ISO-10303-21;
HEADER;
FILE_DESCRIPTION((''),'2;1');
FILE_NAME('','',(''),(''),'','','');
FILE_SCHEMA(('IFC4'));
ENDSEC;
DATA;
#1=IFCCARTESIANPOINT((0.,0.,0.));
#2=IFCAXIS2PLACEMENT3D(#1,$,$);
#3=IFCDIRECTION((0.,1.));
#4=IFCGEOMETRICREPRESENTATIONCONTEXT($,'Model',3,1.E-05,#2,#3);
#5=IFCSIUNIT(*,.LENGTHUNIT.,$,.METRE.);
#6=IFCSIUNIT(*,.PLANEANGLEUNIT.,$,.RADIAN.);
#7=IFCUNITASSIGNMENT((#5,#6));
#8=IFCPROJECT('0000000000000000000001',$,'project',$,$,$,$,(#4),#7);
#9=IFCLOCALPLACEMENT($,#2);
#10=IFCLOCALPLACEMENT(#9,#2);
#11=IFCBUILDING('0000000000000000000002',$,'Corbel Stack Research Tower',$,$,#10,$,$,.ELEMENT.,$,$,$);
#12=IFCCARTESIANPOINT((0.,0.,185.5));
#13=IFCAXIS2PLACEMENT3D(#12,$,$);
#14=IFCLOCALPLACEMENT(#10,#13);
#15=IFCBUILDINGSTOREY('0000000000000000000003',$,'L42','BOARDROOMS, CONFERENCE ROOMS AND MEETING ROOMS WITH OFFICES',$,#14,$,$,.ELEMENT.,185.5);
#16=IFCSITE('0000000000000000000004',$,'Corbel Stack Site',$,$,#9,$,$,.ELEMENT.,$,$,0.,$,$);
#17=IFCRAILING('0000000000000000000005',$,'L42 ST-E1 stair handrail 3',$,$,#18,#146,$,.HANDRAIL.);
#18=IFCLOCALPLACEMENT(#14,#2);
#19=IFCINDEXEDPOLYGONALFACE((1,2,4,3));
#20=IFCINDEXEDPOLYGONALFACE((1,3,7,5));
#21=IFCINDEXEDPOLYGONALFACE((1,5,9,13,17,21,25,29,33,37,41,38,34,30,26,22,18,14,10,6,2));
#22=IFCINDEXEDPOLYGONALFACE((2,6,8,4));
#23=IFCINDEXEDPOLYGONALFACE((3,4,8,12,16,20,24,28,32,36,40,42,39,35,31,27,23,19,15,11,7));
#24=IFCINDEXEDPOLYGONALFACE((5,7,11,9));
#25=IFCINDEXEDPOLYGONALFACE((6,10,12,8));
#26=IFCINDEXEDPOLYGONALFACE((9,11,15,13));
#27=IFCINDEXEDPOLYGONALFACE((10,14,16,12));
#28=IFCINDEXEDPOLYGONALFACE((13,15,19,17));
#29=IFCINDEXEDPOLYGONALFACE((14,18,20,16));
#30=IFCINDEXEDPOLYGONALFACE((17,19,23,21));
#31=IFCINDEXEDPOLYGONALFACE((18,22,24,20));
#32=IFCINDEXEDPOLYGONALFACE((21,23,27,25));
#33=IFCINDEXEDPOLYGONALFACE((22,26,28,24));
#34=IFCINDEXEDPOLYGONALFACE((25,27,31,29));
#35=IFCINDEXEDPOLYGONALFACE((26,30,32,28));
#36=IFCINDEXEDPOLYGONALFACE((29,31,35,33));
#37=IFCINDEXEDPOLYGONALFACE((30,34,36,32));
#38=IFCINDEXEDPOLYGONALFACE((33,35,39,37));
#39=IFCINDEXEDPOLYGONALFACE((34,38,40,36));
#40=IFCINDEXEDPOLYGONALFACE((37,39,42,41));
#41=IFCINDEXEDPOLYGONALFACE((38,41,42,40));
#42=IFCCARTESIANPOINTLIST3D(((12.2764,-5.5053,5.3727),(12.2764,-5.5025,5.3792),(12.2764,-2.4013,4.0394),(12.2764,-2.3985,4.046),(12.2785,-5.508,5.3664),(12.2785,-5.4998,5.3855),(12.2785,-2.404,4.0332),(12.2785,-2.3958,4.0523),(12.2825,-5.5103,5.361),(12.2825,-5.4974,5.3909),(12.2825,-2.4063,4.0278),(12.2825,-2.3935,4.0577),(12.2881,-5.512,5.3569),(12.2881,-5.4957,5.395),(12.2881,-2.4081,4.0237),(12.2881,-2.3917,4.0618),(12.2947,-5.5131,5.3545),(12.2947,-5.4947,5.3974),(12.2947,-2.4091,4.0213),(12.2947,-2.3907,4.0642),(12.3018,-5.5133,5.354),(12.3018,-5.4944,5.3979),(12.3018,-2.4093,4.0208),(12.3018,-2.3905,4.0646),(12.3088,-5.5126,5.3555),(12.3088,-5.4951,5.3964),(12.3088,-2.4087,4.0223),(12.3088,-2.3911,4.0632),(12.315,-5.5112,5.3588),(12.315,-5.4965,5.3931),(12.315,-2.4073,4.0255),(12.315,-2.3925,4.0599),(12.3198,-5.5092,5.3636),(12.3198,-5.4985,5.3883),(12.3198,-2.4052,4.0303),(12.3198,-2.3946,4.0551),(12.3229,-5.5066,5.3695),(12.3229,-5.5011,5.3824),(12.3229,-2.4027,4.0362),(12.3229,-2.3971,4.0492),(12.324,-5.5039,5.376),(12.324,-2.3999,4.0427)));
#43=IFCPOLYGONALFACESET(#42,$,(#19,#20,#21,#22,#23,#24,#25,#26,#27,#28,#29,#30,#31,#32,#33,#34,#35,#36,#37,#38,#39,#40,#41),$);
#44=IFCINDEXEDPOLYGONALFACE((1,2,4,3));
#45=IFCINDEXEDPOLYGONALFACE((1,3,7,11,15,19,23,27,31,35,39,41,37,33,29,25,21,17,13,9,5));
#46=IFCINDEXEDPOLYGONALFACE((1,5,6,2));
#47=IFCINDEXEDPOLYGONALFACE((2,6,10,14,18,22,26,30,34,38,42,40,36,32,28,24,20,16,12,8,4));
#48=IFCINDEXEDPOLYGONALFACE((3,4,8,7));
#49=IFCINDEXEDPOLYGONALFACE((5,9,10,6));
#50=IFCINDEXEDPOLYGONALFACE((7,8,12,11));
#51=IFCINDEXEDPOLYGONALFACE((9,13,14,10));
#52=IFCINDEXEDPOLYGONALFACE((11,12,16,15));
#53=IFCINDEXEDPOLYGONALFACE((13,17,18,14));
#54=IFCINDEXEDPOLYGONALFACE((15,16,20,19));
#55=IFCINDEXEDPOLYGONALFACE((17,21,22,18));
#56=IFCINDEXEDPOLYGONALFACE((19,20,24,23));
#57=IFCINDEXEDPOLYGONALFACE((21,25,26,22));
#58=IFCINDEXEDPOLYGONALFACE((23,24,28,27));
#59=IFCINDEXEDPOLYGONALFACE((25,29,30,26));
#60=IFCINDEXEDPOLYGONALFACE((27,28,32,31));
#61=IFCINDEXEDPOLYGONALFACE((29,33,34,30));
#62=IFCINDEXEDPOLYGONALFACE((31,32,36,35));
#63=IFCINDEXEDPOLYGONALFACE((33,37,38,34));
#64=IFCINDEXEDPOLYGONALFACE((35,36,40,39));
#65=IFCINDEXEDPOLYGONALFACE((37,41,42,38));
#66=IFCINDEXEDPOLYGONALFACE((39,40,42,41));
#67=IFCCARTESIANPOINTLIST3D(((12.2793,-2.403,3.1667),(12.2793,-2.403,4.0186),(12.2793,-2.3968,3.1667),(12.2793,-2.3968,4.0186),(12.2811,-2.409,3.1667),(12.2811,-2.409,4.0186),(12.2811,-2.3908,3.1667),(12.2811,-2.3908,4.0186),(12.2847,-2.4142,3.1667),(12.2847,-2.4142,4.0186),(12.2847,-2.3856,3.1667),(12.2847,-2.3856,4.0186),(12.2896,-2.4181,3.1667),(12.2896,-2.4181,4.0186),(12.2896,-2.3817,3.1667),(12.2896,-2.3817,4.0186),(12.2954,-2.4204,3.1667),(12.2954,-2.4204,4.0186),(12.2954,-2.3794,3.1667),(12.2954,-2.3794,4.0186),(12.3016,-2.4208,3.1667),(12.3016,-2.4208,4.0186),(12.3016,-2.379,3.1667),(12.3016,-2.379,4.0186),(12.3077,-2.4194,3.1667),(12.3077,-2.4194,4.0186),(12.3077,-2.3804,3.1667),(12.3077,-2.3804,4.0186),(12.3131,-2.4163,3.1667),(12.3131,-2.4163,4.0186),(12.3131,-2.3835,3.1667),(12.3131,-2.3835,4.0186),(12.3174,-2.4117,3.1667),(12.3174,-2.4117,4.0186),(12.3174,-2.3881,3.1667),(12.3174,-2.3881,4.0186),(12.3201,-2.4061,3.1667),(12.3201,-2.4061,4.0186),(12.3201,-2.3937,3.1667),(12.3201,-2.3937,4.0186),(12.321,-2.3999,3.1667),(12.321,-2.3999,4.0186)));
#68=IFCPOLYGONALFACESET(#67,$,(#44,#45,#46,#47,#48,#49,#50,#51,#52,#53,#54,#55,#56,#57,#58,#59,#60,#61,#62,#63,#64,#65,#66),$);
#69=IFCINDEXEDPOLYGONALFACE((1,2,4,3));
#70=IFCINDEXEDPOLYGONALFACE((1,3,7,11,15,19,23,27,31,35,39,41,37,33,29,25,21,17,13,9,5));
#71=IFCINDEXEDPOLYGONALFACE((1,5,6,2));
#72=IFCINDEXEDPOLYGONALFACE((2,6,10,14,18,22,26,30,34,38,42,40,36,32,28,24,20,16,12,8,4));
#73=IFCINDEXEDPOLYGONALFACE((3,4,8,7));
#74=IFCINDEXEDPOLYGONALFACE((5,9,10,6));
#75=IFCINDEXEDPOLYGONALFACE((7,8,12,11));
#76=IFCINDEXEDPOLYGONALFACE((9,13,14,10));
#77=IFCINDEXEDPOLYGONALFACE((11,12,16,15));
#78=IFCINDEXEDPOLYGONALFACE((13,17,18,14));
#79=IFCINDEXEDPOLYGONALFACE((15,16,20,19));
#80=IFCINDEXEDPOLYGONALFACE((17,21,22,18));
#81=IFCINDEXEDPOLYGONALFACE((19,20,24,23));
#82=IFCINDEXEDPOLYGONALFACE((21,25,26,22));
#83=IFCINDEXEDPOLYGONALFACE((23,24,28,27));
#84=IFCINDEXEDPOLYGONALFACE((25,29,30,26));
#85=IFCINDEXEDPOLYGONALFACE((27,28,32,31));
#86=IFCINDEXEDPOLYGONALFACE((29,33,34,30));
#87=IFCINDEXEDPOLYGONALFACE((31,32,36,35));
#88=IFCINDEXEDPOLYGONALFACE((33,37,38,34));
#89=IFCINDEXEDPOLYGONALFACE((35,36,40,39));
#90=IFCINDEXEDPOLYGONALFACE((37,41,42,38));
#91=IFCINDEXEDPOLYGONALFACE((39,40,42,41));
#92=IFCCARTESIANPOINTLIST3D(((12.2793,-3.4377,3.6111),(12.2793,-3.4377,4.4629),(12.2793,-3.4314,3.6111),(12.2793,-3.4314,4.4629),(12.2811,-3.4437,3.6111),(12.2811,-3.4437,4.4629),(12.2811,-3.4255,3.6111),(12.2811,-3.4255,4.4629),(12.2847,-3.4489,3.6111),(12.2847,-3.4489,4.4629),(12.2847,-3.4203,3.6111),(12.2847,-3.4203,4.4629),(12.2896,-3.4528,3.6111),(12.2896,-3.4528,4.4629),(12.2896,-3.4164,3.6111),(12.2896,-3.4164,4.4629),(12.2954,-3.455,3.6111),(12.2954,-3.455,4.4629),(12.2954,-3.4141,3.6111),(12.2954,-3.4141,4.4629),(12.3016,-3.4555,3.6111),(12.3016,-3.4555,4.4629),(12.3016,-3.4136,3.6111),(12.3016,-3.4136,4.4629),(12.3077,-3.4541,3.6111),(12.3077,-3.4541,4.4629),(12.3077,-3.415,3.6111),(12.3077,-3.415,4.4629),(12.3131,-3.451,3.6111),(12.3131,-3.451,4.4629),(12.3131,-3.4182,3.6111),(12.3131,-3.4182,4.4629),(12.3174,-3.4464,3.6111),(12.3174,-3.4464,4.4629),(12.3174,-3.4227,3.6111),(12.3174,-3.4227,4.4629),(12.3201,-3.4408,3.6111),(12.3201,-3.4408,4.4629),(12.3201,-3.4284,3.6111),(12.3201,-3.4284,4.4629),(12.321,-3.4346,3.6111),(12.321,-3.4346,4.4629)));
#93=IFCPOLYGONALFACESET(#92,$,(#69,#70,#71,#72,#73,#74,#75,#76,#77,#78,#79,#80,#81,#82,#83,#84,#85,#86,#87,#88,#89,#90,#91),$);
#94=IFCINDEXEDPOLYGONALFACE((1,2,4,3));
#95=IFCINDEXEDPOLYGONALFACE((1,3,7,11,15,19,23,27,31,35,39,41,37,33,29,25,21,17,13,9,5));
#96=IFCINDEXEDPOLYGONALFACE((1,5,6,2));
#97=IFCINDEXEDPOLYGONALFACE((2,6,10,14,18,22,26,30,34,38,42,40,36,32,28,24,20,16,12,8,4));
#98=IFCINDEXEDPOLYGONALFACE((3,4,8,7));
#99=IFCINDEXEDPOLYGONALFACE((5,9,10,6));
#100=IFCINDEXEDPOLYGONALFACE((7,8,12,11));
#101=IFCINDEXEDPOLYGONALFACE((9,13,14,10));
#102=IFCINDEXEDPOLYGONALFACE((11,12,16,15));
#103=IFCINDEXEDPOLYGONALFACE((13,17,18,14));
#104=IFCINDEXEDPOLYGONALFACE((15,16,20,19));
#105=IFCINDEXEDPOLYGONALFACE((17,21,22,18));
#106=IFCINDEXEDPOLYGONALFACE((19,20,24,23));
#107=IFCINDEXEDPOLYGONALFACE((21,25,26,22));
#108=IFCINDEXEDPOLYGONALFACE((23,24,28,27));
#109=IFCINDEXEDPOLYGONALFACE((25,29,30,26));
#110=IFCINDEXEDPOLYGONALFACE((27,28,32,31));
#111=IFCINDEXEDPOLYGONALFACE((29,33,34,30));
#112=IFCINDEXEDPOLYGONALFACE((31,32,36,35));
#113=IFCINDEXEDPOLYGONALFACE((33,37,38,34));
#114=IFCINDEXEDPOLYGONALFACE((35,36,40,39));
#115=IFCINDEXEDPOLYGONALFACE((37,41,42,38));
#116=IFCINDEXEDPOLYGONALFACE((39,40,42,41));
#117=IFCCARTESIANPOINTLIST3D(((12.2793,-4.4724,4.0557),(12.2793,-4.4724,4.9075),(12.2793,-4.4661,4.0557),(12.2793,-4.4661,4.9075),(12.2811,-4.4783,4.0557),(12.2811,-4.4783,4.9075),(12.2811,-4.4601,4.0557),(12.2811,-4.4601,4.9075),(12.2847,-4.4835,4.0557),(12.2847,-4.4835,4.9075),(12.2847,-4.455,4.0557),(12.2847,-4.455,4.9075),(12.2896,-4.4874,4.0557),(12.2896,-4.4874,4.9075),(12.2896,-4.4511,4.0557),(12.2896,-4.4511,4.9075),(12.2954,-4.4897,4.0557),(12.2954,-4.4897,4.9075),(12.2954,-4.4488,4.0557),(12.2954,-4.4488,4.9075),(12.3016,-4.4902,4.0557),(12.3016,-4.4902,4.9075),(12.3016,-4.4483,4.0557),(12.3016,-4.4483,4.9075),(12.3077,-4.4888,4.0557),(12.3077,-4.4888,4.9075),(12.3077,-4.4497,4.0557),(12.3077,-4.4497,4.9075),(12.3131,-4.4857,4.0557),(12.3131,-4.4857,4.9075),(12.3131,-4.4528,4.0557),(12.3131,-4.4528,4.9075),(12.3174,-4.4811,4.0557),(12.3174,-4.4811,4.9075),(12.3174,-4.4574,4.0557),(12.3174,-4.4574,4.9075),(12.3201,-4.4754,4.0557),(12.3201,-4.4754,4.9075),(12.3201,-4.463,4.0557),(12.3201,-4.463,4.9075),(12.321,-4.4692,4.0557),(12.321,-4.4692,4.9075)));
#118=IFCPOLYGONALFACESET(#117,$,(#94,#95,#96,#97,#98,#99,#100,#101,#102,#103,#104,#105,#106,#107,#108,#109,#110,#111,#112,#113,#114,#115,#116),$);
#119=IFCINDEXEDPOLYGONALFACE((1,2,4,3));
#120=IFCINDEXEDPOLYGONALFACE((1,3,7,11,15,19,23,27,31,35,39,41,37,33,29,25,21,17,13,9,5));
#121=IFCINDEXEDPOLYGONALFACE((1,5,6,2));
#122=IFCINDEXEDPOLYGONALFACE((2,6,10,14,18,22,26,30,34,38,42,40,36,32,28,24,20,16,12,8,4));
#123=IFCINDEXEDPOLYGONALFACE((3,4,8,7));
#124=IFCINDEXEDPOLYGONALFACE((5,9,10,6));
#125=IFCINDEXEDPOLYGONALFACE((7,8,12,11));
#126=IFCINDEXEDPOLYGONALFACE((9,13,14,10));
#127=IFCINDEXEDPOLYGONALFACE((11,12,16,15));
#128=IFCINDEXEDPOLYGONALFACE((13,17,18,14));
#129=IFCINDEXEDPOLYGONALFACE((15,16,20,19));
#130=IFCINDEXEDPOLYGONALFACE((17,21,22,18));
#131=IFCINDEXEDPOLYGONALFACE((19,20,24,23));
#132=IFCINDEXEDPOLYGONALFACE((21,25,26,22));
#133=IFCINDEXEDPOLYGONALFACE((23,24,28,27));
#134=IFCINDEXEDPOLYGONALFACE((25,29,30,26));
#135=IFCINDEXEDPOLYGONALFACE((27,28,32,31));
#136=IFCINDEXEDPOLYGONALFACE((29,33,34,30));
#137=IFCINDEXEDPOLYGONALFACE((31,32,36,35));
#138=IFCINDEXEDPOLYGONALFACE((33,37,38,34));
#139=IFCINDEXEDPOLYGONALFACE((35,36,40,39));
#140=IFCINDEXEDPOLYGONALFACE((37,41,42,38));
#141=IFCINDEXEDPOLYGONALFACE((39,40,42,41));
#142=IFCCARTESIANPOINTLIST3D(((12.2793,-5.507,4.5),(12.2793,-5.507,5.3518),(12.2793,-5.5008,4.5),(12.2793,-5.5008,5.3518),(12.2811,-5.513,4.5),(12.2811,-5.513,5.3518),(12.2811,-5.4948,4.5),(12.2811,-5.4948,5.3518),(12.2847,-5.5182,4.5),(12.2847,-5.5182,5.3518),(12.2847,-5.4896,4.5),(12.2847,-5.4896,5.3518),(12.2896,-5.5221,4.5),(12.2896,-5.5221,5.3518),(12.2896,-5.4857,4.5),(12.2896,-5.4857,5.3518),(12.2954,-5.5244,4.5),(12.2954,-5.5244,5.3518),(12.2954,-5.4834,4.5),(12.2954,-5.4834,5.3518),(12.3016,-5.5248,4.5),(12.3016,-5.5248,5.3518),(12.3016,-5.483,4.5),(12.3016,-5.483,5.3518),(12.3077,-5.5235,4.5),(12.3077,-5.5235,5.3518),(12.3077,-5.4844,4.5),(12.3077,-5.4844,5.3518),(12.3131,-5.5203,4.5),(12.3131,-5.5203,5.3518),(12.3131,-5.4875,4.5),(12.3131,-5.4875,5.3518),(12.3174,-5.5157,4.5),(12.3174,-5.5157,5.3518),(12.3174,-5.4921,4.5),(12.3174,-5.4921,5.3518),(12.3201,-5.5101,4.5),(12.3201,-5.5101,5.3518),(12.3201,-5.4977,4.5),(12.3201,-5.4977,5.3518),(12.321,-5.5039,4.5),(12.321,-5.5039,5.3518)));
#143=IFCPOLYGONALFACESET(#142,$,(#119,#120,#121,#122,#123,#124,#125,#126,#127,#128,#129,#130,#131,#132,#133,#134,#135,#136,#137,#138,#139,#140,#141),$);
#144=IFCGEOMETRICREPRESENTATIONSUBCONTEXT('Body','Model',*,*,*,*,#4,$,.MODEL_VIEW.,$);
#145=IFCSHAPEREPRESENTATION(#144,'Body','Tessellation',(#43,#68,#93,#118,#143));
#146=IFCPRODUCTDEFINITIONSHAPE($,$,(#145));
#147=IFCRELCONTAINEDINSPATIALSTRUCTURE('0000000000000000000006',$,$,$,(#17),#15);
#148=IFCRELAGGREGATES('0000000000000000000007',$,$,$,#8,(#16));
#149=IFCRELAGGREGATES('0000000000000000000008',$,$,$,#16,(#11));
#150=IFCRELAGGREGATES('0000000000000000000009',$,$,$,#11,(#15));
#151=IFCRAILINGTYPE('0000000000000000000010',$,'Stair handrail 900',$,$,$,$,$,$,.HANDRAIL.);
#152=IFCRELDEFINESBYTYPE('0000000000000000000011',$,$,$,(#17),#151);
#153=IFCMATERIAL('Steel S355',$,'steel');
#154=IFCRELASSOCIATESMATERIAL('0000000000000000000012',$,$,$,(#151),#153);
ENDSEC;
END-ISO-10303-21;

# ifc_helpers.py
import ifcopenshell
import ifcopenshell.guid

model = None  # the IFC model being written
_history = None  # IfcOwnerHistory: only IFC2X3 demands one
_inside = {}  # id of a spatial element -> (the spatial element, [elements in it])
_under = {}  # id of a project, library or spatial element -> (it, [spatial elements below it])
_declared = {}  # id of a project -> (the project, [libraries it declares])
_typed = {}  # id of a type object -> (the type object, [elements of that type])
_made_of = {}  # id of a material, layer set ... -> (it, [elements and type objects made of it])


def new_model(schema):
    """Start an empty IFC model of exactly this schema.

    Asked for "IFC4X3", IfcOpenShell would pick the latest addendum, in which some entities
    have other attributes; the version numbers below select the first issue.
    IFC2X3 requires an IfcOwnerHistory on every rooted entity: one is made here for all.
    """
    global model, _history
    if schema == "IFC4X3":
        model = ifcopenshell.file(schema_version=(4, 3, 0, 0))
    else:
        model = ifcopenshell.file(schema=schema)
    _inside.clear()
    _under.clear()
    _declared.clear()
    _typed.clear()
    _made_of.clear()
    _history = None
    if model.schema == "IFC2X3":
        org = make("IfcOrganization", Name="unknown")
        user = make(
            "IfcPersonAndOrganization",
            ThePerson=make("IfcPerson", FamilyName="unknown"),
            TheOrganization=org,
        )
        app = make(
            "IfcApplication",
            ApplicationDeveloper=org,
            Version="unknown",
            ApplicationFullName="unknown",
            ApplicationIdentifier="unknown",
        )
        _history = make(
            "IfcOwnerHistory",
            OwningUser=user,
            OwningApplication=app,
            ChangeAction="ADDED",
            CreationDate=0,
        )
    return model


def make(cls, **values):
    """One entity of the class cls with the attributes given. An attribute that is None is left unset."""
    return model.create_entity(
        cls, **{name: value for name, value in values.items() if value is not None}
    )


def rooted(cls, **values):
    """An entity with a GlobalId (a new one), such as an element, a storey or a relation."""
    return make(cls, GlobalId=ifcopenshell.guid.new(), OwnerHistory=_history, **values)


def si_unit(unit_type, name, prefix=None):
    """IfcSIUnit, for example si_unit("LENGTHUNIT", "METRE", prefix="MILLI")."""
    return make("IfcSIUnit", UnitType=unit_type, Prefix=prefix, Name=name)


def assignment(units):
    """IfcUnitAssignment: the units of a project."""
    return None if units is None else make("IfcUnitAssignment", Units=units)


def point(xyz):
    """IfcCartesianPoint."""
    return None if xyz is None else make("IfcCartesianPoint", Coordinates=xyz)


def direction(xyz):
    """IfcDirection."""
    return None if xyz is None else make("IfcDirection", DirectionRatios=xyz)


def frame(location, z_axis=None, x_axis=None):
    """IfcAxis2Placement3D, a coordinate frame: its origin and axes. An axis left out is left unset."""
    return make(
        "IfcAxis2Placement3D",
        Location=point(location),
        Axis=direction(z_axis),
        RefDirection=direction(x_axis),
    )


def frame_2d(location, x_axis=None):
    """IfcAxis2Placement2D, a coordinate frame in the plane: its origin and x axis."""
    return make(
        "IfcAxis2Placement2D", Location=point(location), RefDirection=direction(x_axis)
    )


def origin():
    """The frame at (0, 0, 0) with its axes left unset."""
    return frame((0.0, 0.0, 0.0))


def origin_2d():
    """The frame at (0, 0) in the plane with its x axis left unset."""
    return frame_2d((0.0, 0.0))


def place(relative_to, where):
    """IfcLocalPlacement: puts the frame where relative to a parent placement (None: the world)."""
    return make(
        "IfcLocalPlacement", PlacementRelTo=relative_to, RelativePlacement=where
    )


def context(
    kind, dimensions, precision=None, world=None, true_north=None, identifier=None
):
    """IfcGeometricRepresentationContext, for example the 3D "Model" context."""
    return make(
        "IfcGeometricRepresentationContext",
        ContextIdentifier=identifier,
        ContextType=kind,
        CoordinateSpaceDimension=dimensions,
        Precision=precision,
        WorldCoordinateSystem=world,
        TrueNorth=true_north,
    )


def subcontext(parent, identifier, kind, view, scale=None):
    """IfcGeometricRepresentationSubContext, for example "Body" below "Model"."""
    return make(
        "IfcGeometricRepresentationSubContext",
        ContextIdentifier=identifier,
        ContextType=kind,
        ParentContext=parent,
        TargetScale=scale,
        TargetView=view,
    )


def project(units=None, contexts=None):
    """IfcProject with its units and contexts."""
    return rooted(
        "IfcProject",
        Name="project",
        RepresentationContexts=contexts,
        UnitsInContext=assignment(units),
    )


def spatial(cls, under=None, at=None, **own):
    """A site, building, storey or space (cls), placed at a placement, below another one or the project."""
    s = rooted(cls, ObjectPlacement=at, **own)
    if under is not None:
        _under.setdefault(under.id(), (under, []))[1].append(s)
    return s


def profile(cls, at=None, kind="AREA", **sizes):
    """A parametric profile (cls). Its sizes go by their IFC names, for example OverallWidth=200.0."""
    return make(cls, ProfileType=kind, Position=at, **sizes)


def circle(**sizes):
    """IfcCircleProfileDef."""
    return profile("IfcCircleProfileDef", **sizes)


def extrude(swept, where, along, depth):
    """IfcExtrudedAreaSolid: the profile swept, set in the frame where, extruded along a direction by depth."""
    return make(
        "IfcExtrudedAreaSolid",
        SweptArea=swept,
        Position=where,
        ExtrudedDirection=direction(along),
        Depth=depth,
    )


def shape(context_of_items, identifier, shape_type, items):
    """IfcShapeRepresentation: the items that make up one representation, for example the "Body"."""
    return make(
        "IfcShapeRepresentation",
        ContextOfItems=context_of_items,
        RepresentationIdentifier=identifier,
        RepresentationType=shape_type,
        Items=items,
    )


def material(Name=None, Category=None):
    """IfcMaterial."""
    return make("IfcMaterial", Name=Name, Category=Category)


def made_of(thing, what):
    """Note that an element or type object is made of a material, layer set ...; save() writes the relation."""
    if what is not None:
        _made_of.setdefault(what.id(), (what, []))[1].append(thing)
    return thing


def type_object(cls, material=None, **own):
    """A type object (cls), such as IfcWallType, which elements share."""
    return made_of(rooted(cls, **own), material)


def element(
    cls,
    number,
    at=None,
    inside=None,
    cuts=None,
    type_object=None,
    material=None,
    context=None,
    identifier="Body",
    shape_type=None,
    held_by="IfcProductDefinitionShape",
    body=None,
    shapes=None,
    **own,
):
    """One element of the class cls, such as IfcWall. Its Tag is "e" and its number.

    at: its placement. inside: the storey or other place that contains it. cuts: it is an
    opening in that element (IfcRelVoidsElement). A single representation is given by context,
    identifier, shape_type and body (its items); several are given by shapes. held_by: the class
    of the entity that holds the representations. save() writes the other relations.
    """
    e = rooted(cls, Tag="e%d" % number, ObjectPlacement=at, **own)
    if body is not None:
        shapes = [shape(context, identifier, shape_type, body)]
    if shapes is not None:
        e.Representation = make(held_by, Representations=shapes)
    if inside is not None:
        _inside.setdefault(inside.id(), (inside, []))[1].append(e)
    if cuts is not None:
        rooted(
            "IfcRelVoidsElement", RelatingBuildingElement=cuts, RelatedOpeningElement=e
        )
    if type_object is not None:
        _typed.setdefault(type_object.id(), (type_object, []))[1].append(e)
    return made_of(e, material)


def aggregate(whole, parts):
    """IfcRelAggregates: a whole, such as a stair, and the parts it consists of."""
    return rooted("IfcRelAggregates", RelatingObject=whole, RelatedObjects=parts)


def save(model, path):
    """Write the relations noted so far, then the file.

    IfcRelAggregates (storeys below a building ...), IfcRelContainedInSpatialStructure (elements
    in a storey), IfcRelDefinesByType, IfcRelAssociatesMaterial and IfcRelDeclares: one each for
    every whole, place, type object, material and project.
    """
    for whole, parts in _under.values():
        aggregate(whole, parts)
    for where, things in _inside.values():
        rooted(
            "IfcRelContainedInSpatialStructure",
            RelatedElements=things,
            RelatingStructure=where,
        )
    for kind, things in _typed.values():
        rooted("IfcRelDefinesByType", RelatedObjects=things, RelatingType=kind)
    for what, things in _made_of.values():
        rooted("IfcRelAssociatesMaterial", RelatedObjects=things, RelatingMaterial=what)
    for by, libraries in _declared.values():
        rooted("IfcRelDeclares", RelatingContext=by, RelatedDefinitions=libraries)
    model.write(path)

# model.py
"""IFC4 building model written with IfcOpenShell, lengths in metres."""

from ifc_helpers import new_model, si_unit, direction, frame, origin, origin_2d, place, context, subcontext, project, spatial, circle, extrude, material, type_object, element, save


model = new_model("IFC4")

# Units and contexts
model_context = context("Model", 3, precision=1e-05, world=origin(), true_north=direction((0.0, 1.0)))
body_context = subcontext(model_context, "Body", "Model", "MODEL_VIEW")
ifc_project = project(units=[si_unit("LENGTHUNIT", "METRE"), si_unit("PLANEANGLEUNIT", "RADIAN")], contexts=[model_context])

# Site, building, storey
site_placement = place(None, origin())
site = spatial("IfcSite", under=ifc_project, at=site_placement, Name="Corbel Stack Site", CompositionType="ELEMENT", RefElevation=0.0)
building_placement = place(site_placement, origin())
building = spatial("IfcBuilding", under=site, at=building_placement, Name="Corbel Stack Research Tower", CompositionType="ELEMENT")
storey_placement = place(building_placement, frame((0.0, 0.0, 185.5)))
storey = spatial("IfcBuildingStorey", under=building, at=storey_placement, Name="L42", Description="BOARDROOMS, CONFERENCE ROOMS AND MEETING ROOMS WITH OFFICES", CompositionType="ELEMENT", Elevation=185.5)

# Railing
ifc_material_1 = material(Name="Steel S355", Category="steel")
railing_type_1 = type_object("IfcRailingType", Name="Stair handrail 900", PredefinedType="HANDRAIL", material=ifc_material_1)
for number, where, name in (
    (1, (12.3, -2.3999, 3.1667), "L42 ST-E1 stair handrail 3"),
):
    element("IfcRailing", number, at=place(storey_placement, frame(where)), inside=storey, type_object=railing_type_1, Name=name, PredefinedType="HANDRAIL", context=body_context, shape_type="SweptSolid", body=[
        extrude(circle(Radius=0.0239, at=origin_2d()), frame((0.0, 0.0, 0.876), z_axis=(0.0, -0.918827, 0.394661), x_axis=(1.0, 0.0, 0.0)), (0.0, 0.0, 1.0), 3.3782),
        extrude(circle(Radius=0.021, at=origin_2d()), origin(), (0.0, 0.0, 1.0), 0.8518),
        extrude(circle(Radius=0.021, at=origin_2d()), frame((0.0, -1.0347, 0.4443)), (0.0, 0.0, 1.0), 0.8518),
        extrude(circle(Radius=0.021, at=origin_2d()), frame((0.0, -2.0693, 0.8889)), (0.0, 0.0, 1.0), 0.8518),
        extrude(circle(Radius=0.021, at=origin_2d()), frame((0.0, -3.104, 1.3333)), (0.0, 0.0, 1.0), 0.8518),
    ])

save(model, "model.ifc")
